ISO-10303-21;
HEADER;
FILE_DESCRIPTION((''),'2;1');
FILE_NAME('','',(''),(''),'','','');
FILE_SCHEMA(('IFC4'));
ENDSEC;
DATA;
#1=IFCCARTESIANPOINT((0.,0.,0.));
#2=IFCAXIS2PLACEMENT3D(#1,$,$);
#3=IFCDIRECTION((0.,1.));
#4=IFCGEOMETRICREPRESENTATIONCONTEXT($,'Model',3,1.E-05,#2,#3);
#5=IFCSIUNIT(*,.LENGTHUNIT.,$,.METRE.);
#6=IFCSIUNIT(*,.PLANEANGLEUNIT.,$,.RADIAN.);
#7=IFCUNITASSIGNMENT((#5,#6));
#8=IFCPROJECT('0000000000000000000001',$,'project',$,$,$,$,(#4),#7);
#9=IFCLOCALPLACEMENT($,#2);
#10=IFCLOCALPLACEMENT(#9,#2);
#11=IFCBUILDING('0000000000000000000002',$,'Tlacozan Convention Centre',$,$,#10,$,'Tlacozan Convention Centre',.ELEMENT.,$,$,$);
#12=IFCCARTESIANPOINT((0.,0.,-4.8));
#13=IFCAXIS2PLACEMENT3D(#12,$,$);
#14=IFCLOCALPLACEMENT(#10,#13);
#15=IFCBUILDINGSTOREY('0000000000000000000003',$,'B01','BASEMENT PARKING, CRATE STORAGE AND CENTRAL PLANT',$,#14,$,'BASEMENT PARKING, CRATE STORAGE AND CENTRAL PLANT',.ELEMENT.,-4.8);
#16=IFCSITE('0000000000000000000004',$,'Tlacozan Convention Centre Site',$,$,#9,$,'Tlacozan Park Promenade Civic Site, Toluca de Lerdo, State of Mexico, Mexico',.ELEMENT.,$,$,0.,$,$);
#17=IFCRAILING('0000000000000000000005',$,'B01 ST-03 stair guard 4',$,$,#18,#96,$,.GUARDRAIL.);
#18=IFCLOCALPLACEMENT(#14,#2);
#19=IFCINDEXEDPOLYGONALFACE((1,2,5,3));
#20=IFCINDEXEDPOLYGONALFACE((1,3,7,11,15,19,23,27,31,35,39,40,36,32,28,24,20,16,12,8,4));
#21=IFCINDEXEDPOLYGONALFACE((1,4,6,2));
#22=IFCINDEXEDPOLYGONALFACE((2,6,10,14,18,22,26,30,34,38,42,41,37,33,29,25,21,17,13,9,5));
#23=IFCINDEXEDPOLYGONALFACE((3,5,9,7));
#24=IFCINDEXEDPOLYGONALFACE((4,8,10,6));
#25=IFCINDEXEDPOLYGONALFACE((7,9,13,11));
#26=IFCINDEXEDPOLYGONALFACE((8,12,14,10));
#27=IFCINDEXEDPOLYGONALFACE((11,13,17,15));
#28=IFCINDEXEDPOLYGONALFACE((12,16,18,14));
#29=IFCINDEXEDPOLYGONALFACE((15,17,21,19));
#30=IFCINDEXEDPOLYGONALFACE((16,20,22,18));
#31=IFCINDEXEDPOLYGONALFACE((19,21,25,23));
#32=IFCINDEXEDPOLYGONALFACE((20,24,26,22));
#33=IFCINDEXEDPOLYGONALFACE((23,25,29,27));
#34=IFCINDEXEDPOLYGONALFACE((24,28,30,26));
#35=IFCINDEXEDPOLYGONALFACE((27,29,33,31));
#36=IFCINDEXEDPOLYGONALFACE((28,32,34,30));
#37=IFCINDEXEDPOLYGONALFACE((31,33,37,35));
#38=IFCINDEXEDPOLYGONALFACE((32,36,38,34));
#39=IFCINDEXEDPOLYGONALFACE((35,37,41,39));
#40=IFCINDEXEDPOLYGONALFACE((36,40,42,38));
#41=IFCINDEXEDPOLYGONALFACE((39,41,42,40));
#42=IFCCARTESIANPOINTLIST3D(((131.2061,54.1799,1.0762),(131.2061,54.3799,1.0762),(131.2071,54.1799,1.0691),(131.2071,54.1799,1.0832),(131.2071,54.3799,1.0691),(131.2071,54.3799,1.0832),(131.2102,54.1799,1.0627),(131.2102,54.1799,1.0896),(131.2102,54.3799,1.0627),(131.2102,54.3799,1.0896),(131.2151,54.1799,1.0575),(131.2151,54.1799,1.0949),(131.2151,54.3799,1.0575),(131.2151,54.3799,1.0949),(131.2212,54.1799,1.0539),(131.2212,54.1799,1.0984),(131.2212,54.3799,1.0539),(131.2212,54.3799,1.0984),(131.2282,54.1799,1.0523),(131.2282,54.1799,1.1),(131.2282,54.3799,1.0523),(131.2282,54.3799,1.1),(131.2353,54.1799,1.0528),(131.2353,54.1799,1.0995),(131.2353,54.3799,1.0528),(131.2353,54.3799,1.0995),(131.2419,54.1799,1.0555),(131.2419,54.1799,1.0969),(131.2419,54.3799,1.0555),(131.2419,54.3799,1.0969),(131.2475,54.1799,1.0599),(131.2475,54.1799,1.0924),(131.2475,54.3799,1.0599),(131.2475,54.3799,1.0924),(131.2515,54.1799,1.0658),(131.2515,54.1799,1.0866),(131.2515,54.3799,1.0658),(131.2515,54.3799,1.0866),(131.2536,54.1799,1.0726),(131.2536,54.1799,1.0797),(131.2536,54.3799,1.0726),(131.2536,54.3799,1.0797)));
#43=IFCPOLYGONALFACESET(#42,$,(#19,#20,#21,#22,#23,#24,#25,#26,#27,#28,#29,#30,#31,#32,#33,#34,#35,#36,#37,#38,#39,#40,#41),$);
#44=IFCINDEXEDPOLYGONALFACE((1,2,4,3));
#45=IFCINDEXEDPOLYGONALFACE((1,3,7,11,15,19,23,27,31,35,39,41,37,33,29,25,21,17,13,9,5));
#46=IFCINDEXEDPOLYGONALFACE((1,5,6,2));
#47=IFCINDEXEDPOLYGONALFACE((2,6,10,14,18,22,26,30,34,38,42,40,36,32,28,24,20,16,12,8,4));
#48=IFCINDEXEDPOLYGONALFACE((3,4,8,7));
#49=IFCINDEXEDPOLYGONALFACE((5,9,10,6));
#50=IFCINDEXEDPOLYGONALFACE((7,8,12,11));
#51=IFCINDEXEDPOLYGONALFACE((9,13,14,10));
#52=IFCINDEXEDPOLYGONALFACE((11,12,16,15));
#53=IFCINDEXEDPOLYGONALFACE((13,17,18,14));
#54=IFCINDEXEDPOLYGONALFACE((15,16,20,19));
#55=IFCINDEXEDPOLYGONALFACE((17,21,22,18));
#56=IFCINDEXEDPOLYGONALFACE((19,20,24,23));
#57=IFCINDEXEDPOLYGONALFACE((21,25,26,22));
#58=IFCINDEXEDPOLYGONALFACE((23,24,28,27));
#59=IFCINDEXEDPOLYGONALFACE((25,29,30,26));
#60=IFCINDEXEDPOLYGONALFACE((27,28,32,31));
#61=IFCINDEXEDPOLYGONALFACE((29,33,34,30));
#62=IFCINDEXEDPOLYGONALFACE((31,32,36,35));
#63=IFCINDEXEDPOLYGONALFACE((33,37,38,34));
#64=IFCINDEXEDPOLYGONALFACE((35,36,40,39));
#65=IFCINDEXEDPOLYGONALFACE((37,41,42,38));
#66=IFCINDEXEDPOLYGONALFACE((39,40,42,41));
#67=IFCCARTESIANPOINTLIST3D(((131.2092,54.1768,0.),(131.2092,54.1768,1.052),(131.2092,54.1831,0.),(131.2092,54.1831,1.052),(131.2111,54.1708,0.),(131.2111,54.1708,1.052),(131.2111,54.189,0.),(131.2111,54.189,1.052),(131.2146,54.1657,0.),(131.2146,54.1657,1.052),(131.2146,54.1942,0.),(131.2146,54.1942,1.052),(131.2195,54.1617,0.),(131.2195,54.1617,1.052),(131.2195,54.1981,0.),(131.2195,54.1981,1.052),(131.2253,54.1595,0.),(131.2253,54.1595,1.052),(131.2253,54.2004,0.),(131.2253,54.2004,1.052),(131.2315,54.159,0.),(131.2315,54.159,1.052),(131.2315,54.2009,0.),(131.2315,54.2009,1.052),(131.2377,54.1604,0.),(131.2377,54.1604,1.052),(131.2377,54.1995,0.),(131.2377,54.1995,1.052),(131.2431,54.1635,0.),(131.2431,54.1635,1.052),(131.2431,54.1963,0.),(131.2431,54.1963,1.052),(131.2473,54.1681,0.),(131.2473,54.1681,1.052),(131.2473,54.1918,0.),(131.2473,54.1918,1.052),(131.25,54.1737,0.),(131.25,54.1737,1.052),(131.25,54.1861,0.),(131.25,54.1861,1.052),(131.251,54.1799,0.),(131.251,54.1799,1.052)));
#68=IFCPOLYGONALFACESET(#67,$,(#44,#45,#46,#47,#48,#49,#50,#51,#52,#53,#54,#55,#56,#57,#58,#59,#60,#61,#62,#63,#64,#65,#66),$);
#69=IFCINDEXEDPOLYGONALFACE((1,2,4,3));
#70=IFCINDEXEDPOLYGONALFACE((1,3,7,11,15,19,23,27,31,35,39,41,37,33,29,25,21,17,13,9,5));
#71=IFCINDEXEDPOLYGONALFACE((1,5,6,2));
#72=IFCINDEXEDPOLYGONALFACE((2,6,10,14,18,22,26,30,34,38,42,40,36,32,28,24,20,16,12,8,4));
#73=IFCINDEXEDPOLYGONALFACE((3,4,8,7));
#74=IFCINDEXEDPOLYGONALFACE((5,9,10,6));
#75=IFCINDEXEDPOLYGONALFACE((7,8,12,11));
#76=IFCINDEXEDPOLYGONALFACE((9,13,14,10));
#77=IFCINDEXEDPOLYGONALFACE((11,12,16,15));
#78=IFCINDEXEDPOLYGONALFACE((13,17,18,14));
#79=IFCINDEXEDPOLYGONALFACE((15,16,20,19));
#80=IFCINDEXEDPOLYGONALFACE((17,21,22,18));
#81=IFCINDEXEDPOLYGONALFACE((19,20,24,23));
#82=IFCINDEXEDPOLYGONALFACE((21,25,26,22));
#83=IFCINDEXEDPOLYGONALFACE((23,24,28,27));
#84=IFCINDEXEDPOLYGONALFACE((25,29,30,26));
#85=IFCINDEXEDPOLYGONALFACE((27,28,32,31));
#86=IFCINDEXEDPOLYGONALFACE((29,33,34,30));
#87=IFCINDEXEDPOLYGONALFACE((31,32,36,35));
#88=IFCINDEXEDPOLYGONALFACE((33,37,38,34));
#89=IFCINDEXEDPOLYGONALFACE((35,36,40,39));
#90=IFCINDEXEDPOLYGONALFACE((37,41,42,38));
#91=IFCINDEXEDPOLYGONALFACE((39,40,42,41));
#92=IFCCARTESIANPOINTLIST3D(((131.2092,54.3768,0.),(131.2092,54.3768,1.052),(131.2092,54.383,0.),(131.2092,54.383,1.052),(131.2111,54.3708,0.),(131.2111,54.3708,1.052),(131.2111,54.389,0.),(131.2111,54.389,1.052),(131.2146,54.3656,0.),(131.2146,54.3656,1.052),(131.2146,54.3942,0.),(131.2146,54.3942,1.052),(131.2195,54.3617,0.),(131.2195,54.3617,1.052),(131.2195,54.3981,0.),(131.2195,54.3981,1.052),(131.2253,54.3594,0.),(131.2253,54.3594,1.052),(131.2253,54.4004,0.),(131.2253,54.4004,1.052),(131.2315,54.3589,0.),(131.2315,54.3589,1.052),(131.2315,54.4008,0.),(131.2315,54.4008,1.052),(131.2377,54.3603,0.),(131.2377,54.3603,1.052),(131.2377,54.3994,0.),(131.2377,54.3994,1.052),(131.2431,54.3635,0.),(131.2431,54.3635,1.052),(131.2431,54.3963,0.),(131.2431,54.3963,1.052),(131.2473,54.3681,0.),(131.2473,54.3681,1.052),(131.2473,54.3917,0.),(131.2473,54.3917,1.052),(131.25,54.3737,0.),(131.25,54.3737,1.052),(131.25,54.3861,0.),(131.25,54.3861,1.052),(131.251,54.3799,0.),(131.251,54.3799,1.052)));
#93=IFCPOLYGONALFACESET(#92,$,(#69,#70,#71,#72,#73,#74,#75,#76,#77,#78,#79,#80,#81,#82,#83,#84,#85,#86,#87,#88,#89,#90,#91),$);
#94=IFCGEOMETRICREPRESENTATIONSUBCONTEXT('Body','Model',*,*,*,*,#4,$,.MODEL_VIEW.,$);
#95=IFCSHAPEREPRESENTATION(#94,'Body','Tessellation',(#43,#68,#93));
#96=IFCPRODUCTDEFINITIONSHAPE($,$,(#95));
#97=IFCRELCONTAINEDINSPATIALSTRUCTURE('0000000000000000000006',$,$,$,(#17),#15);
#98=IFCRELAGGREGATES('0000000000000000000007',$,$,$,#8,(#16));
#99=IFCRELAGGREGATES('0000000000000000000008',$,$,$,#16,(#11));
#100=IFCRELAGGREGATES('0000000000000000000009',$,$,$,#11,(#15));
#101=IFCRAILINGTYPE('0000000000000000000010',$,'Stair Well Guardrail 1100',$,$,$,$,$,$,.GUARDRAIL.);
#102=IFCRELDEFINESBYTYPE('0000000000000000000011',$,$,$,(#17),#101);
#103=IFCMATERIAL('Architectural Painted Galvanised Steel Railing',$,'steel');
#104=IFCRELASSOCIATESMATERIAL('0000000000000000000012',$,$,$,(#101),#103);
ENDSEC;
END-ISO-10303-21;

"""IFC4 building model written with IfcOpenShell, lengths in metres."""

from ifc_helpers import new_model, si_unit, direction, frame, origin, origin_2d, place, context, subcontext, project, spatial, circle, extrude, material, type_object, element, save


model = new_model("IFC4")

# Units and contexts
model_context = context("Model", 3, precision=1e-05, world=origin(), true_north=direction((0.0, 1.0)))
body_context = subcontext(model_context, "Body", "Model", "MODEL_VIEW")
ifc_project = project(units=[si_unit("LENGTHUNIT", "METRE"), si_unit("PLANEANGLEUNIT", "RADIAN")], contexts=[model_context])

# Site, building, storey
site_placement = place(None, origin())
site = spatial("IfcSite", under=ifc_project, at=site_placement, Name="Tlacozan Convention Centre Site", LongName="Tlacozan Park Promenade Civic Site, Toluca de Lerdo, State of Mexico, Mexico", CompositionType="ELEMENT", RefElevation=0.0)
building_placement = place(site_placement, origin())
building = spatial("IfcBuilding", under=site, at=building_placement, Name="Tlacozan Convention Centre", LongName="Tlacozan Convention Centre", CompositionType="ELEMENT")
storey_placement = place(building_placement, frame((0.0, 0.0, -4.8)))
storey = spatial("IfcBuildingStorey", under=building, at=storey_placement, Name="B01", Description="BASEMENT PARKING, CRATE STORAGE AND CENTRAL PLANT", LongName="BASEMENT PARKING, CRATE STORAGE AND CENTRAL PLANT", CompositionType="ELEMENT", Elevation=-4.8)

# Railing
ifc_material_1 = material(Name="Architectural Painted Galvanised Steel Railing", Category="steel")
railing_type_1 = type_object("IfcRailingType", Name="Stair Well Guardrail 1100", PredefinedType="GUARDRAIL", material=ifc_material_1)
railing_1_placement = place(storey_placement, frame((131.23, 54.1799, 0.0)))
element("IfcRailing", 1, at=railing_1_placement, inside=storey, type_object=railing_type_1, Name="B01 ST-03 stair guard 4", PredefinedType="GUARDRAIL", context=body_context, shape_type="SweptSolid", body=[
    extrude(circle(Radius=0.0239, at=origin_2d()), frame((0.0, 0.0, 1.0762), z_axis=(0.0, 1.0, 0.0), x_axis=(-1.0, 0.0, 0.0)), (0.0, 0.0, 1.0), 0.2),
    extrude(circle(Radius=0.021, at=origin_2d()), origin(), (0.0, 0.0, 1.0), 1.052),
    extrude(circle(Radius=0.021, at=origin_2d()), frame((0.0, 0.2, 0.0)), (0.0, 0.0, 1.0), 1.052),
])

save(model, "model.ifc")
